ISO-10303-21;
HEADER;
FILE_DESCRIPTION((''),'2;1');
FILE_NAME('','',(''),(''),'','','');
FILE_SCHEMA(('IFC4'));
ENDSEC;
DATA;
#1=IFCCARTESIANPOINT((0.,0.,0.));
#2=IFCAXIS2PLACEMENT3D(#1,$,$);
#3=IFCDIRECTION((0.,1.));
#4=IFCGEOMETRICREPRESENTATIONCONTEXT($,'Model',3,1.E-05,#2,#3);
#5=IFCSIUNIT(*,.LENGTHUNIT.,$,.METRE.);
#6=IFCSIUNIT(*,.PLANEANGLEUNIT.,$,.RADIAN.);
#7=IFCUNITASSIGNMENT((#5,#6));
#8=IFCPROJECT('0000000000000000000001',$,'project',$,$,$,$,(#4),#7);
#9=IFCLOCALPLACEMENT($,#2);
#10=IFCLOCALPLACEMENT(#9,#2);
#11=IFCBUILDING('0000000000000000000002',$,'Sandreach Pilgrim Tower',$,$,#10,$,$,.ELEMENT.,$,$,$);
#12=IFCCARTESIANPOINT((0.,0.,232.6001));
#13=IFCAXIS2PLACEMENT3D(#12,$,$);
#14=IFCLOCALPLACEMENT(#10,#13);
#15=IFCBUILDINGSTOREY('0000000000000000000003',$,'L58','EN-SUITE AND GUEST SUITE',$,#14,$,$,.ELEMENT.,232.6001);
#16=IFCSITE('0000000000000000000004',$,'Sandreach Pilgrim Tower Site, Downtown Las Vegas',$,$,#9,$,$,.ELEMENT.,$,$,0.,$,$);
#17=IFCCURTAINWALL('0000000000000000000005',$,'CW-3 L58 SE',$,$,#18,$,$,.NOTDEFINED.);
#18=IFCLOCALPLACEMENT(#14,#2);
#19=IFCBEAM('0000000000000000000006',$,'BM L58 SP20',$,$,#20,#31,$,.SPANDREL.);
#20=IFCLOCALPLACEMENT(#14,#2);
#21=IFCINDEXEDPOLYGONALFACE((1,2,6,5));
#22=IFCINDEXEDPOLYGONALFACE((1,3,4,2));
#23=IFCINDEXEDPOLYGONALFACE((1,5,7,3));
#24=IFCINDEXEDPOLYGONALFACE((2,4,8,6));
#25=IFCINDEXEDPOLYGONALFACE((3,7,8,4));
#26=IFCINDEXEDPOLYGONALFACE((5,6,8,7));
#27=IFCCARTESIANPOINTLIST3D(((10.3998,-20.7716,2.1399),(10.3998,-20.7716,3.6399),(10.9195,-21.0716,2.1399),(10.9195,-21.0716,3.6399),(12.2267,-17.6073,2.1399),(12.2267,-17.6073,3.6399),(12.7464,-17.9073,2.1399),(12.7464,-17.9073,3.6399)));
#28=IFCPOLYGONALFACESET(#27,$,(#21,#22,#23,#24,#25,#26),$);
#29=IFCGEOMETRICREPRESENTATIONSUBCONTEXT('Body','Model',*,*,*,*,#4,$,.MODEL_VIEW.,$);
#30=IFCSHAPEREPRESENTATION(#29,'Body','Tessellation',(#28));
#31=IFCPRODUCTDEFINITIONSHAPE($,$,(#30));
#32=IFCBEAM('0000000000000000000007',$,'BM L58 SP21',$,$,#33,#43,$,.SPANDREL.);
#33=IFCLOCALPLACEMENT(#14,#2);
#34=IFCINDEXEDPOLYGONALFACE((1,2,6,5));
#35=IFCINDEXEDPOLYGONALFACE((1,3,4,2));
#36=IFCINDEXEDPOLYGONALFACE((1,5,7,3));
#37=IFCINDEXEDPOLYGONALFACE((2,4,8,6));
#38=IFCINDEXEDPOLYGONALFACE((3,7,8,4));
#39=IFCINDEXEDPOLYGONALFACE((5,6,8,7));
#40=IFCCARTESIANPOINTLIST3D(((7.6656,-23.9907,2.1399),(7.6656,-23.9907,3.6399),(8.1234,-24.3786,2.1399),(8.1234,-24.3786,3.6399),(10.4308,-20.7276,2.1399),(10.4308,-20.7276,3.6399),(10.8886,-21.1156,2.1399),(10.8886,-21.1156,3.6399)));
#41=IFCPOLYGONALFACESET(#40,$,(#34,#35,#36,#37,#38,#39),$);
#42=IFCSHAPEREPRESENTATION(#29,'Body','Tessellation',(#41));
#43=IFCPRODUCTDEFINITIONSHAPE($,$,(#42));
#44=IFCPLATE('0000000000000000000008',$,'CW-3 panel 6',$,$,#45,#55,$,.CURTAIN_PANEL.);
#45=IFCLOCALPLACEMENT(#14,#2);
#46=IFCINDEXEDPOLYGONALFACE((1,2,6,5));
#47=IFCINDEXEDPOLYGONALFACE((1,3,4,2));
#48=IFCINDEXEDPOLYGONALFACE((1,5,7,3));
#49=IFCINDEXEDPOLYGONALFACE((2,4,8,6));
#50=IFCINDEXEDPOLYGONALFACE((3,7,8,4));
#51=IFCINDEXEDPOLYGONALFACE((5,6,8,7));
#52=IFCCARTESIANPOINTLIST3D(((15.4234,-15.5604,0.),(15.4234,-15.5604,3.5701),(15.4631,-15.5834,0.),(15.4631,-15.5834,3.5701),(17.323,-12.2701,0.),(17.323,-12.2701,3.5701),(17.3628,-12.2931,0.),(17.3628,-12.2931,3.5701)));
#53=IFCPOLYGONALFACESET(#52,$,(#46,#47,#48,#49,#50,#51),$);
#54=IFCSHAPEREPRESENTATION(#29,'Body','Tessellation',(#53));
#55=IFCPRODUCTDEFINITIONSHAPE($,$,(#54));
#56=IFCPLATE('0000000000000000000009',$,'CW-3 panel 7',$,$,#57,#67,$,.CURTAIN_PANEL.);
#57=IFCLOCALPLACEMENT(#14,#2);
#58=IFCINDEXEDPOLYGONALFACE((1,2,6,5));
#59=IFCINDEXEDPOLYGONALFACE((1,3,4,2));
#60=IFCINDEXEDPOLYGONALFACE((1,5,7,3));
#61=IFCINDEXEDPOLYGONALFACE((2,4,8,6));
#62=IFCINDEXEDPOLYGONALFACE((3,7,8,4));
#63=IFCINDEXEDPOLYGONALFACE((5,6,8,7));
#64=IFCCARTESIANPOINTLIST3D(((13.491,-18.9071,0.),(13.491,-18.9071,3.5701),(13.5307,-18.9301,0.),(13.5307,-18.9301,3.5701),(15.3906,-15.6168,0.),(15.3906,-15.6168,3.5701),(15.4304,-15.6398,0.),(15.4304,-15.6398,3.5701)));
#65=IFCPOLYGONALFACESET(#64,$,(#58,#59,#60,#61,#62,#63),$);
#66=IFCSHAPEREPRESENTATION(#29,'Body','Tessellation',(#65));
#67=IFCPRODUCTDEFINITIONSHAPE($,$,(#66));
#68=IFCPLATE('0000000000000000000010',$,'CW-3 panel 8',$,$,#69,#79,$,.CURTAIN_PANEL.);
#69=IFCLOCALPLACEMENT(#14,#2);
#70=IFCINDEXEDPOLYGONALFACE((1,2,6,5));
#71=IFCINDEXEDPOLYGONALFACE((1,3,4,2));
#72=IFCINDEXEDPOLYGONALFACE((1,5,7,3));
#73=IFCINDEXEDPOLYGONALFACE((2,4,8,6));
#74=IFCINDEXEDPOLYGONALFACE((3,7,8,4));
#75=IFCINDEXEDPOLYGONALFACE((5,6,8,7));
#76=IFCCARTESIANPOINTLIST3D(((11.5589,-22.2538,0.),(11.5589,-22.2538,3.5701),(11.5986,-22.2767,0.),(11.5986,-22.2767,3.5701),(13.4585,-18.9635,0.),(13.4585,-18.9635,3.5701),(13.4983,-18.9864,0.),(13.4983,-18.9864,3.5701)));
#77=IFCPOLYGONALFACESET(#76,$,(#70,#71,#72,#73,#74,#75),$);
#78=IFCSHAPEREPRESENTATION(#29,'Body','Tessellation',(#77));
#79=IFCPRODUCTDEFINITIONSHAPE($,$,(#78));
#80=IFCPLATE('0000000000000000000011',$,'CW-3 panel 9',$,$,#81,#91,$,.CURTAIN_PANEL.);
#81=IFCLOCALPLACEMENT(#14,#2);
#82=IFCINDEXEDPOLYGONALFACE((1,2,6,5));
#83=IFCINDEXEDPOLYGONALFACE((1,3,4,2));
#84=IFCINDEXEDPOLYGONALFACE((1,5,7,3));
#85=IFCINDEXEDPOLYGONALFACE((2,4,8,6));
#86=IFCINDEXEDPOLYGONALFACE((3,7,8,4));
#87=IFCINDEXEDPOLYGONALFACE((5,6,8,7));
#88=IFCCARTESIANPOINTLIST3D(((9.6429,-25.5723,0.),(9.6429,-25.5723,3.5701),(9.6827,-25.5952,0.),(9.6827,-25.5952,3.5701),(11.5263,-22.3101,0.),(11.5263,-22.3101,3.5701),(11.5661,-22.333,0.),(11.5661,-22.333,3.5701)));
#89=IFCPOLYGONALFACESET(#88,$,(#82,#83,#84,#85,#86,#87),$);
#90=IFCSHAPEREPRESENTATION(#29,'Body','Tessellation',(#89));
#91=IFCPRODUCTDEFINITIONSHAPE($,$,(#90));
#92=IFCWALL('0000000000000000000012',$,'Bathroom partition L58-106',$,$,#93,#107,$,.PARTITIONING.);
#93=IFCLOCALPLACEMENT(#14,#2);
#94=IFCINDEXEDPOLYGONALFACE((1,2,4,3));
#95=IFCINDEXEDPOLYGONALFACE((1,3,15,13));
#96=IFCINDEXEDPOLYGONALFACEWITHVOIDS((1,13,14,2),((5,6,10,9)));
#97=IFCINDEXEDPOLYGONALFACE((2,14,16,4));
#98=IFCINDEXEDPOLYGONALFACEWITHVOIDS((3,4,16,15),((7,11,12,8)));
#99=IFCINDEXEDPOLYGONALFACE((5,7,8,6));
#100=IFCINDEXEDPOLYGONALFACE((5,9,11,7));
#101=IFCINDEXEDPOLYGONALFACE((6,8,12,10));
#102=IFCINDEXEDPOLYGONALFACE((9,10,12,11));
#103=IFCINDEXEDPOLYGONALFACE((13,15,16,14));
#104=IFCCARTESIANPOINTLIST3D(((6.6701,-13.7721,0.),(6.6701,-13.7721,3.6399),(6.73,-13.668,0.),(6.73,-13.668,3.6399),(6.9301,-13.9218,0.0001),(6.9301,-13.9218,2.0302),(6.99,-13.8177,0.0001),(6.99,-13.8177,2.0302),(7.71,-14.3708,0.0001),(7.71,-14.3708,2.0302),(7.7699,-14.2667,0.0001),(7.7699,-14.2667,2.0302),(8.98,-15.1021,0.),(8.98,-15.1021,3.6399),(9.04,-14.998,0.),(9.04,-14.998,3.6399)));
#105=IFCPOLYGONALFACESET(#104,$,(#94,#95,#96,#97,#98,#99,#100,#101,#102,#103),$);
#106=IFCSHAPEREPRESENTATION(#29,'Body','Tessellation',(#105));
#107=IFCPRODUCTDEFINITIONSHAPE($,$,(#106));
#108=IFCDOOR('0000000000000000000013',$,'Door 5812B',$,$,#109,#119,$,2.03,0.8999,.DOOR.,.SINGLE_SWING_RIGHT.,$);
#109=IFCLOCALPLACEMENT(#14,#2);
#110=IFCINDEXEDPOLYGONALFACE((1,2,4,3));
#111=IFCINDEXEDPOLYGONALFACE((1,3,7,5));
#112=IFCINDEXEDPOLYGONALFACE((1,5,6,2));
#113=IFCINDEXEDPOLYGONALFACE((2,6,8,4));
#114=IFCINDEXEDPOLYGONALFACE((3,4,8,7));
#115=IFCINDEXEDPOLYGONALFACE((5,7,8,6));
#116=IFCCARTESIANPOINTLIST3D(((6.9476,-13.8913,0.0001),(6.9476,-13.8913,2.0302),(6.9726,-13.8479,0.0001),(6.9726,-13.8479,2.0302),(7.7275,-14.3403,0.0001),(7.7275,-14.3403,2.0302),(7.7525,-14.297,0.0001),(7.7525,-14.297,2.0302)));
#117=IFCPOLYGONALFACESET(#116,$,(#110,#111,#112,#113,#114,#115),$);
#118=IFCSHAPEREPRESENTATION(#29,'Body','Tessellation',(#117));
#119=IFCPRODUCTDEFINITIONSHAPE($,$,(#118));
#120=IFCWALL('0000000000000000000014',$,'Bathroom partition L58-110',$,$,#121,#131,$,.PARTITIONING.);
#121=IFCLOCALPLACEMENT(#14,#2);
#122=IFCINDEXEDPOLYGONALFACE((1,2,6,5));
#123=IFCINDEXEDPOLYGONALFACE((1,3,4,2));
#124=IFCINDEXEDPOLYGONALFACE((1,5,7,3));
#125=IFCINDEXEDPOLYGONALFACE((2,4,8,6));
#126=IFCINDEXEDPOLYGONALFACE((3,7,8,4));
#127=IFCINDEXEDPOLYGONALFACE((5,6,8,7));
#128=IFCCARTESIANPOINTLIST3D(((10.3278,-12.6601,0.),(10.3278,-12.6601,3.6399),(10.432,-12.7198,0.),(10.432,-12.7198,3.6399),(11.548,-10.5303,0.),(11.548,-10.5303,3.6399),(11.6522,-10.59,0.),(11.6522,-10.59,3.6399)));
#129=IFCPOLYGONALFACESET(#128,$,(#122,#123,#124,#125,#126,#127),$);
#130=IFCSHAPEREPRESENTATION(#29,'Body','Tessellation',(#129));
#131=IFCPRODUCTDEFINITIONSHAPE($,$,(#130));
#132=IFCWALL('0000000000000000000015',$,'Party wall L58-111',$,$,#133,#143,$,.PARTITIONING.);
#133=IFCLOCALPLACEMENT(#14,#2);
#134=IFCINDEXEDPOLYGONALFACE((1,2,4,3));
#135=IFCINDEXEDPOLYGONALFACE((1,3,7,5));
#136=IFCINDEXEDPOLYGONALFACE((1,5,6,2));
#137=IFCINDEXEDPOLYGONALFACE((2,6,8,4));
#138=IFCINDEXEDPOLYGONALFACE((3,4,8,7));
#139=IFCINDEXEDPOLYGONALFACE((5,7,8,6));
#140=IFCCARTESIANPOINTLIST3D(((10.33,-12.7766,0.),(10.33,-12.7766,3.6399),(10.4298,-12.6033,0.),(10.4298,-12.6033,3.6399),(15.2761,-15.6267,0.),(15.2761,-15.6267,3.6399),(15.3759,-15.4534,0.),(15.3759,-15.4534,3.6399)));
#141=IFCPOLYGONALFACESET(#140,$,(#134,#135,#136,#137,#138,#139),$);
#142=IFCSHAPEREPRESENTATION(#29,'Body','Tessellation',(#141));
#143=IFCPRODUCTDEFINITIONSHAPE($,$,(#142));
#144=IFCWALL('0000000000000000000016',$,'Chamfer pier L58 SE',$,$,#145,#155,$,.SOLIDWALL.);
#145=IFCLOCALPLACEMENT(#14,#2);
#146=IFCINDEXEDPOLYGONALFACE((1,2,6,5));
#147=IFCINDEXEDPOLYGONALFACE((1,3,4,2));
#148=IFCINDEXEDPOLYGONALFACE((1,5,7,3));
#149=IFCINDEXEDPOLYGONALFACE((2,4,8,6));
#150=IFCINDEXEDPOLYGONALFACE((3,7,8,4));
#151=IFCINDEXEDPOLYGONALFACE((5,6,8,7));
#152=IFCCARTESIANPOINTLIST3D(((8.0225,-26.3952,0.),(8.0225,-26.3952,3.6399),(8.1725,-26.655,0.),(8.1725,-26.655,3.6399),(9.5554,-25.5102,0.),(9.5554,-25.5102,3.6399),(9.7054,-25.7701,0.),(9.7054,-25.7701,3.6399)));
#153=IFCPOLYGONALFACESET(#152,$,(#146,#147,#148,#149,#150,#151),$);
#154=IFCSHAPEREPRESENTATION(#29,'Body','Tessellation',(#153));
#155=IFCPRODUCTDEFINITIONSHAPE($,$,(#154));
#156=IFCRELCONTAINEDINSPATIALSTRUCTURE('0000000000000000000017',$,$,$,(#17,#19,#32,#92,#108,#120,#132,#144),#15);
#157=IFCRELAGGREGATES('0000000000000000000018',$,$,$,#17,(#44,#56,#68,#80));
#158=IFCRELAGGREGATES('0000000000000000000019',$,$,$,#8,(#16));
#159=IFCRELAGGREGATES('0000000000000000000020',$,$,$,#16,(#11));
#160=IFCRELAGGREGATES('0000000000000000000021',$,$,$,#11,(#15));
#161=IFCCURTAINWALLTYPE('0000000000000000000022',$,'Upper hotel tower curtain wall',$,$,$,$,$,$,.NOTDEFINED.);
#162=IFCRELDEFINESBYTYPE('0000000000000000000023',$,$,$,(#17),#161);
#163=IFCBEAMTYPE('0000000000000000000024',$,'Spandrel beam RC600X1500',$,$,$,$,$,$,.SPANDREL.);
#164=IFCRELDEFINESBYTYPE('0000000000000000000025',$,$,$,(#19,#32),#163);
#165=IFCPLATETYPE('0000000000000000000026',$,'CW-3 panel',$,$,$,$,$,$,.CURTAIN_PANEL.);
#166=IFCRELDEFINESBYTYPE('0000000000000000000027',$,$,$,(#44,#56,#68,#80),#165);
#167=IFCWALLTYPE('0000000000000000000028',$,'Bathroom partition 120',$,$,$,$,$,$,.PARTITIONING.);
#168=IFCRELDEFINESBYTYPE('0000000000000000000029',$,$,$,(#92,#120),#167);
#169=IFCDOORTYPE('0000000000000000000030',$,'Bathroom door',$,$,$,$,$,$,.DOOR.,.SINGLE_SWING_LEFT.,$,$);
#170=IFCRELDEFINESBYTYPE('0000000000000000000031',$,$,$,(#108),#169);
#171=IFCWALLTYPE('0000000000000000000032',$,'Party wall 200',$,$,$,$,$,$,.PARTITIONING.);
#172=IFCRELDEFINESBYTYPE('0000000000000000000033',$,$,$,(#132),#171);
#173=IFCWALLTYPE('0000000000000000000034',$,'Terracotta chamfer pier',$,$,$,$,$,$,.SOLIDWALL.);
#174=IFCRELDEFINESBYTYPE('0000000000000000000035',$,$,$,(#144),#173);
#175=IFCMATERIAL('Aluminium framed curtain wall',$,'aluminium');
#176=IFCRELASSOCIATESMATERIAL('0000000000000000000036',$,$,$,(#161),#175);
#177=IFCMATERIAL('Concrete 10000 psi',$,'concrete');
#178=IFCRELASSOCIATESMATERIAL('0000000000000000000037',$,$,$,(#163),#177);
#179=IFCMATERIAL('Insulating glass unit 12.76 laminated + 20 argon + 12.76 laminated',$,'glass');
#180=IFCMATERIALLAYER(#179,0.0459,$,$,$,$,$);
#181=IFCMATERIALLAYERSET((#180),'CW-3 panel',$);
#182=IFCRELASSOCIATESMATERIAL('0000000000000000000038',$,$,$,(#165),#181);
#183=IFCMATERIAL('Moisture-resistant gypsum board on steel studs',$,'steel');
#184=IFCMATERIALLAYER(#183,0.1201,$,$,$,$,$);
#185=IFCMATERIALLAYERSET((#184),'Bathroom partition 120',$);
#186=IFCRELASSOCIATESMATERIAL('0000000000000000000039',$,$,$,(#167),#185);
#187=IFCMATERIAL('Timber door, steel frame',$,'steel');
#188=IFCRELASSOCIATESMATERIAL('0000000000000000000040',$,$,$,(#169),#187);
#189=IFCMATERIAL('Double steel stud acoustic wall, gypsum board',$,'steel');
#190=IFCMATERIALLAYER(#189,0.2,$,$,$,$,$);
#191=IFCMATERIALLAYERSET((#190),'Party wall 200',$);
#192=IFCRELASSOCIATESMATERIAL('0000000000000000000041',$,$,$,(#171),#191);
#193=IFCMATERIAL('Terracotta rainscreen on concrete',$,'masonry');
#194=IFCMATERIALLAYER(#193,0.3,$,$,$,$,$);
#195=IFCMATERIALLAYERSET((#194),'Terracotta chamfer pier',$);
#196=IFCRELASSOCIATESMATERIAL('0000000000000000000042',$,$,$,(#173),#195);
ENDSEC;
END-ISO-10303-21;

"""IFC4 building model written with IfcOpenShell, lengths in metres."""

from ifc_helpers import new_model, si_unit, direction, frame, frame_2d, origin, origin_2d, place, context, subcontext, project, spatial, rectangle, extrude, material, layer, layer_set, material_profile, profile_set, type_object, element, fill, aggregate, save


model = new_model("IFC4")

# Units and contexts
model_context = context("Model", 3, precision=1e-05, world=origin(), true_north=direction((0.0, 1.0)))
body_context = subcontext(model_context, "Body", "Model", "MODEL_VIEW")
ifc_project = project(units=[si_unit("LENGTHUNIT", "METRE"), si_unit("PLANEANGLEUNIT", "RADIAN")], contexts=[model_context])

# Site, building, storey
site_placement = place(None, origin())
site = spatial("IfcSite", under=ifc_project, at=site_placement, Name="Sandreach Pilgrim Tower Site, Downtown Las Vegas", CompositionType="ELEMENT", RefElevation=0.0)
building_placement = place(site_placement, origin())
building = spatial("IfcBuilding", under=site, at=building_placement, Name="Sandreach Pilgrim Tower", CompositionType="ELEMENT")
storey_placement = place(building_placement, frame((0.0, 0.0, 232.6001)))
storey = spatial("IfcBuildingStorey", under=building, at=storey_placement, Name="L58", Description="EN-SUITE AND GUEST SUITE", CompositionType="ELEMENT", Elevation=232.6001)

# Curtain wall
ifc_material_1 = material(Name="Aluminium framed curtain wall", Category="aluminium")
curtain_wall_type = type_object("IfcCurtainWallType", Name="Upper hotel tower curtain wall", PredefinedType="NOTDEFINED", material=ifc_material_1)
curtain_wall_placement = place(storey_placement, origin())
curtain_wall = element("IfcCurtainWall", 1, at=curtain_wall_placement, inside=storey, type_object=curtain_wall_type, Name="CW-3 L58 SE", PredefinedType="NOTDEFINED")

# Beams
ifc_material_2 = material(Name="Concrete 10000 psi", Category="concrete")
ifc_material_profile_1 = material_profile(ifc_material_2, rectangle(XDim=0.6001, YDim=1.5, at=origin_2d()), Name="RC600X1500")
ifc_profile_set_1 = profile_set([ifc_material_profile_1], Name="Concrete 10000 psi")
beam_type_1 = type_object("IfcBeamType", Name="Spandrel beam RC600X1500", PredefinedType="SPANDREL", material=ifc_profile_set_1)
beam_1_placement = place(storey_placement, frame((12.4866, -17.7573, 2.8899), z_axis=(-0.499998, -0.866026, 0.0), x_axis=(0.866026, -0.499998, 0.0)))
element("IfcBeam", 2, at=beam_1_placement, inside=storey, type_object=beam_type_1, Name="BM L58 SP20", PredefinedType="SPANDREL", context=body_context, shape_type="SweptSolid", body=[
    extrude(rectangle(XDim=0.6001, YDim=1.5, at=origin_2d()), origin(), (0.0, 0.0, 1.0), 3.6538),
])
beam_2_placement = place(storey_placement, frame((10.6597, -20.9216, 2.8899), z_axis=(-0.646513, -0.762903, 0.0), x_axis=(0.762903, -0.646513, 0.0)))
element("IfcBeam", 3, at=beam_2_placement, inside=storey, type_object=beam_type_1, Name="BM L58 SP21", PredefinedType="SPANDREL", context=body_context, shape_type="SweptSolid", body=[
    extrude(rectangle(XDim=0.6001, YDim=1.5, at=origin_2d()), origin(), (0.0, 0.0, 1.0), 4.2771),
])

# Plates
ifc_material_3 = material(Name="Insulating glass unit 12.76 laminated + 20 argon + 12.76 laminated", Category="glass")
ifc_layer_1 = layer(ifc_material_3, 0.0459)
ifc_layer_set_1 = layer_set([ifc_layer_1], Name="CW-3 panel")
plate_type = type_object("IfcPlateType", Name="CW-3 panel", PredefinedType="CURTAIN_PANEL", material=ifc_layer_set_1)
plate_1_placement = place(storey_placement, frame((16.3931, -13.9268, 0.0), z_axis=(0.0, 0.0, 1.0), x_axis=(-0.5, -0.866025, 0.0)))
plate_1 = element("IfcPlate", 4, at=plate_1_placement, type_object=plate_type, Name="CW-3 panel 6", PredefinedType="CURTAIN_PANEL", context=body_context, shape_type="SweptSolid", body=[
    extrude(rectangle(XDim=3.7993, YDim=0.0459, at=origin_2d()), origin(), (0.0, 0.0, 1.0), 3.5701),
])
plate_2_placement = place(storey_placement, frame((14.4607, -17.2734, 0.0), z_axis=(0.0, 0.0, 1.0), x_axis=(-0.5, -0.866025, 0.0)))
plate_2 = element("IfcPlate", 5, at=plate_2_placement, type_object=plate_type, Name="CW-3 panel 7", PredefinedType="CURTAIN_PANEL", context=body_context, shape_type="SweptSolid", body=[
    extrude(rectangle(XDim=3.7993, YDim=0.0459, at=origin_2d()), origin(), (0.0, 0.0, 1.0), 3.5701),
])
plate_3_placement = place(storey_placement, frame((12.5286, -20.6201, 0.0), z_axis=(0.0, 0.0, 1.0), x_axis=(-0.5, -0.866025, 0.0)))
plate_3 = element("IfcPlate", 6, at=plate_3_placement, type_object=plate_type, Name="CW-3 panel 8", PredefinedType="CURTAIN_PANEL", context=body_context, shape_type="SweptSolid", body=[
    extrude(rectangle(XDim=3.7993, YDim=0.0459, at=origin_2d()), origin(), (0.0, 0.0, 1.0), 3.5701),
])
plate_4_placement = place(storey_placement, frame((10.6045, -23.9526, 0.0), z_axis=(0.0, 0.0, 1.0), x_axis=(-0.5, -0.866025, 0.0)))
plate_4 = element("IfcPlate", 7, at=plate_4_placement, type_object=plate_type, Name="CW-3 panel 9", PredefinedType="CURTAIN_PANEL", context=body_context, shape_type="SweptSolid", body=[
    extrude(rectangle(XDim=3.7668, YDim=0.0459, at=origin_2d()), origin(), (0.0, 0.0, 1.0), 3.5701),
])
aggregate(curtain_wall, [plate_1, plate_2, plate_3, plate_4])

# Wall, opening, door
ifc_material_4 = material(Name="Moisture-resistant gypsum board on steel studs", Category="steel")
ifc_layer_2 = layer(ifc_material_4, 0.1201)
ifc_layer_set_2 = layer_set([ifc_layer_2], Name="Bathroom partition 120")
wall_type_1 = type_object("IfcWallType", Name="Bathroom partition 120", PredefinedType="PARTITIONING", material=ifc_layer_set_2)
wall_1_placement = place(storey_placement, frame((9.01, -15.05, 0.0), z_axis=(0.0, 0.0, 1.0), x_axis=(-0.866615, 0.498977, 0.0)))
wall_1 = element("IfcWall", 8, at=wall_1_placement, inside=storey, type_object=wall_type_1, Name="Bathroom partition L58-106", PredefinedType="PARTITIONING", context=body_context, shape_type="SweptSolid", body=[
    extrude(rectangle(XDim=2.6655, YDim=0.1201, at=frame_2d((1.3328, 0.0))), origin(), (0.0, 0.0, 1.0), 3.6399),
])
opening_placement = place(wall_1_placement, frame((1.4656, 0.0, 0.0)))
opening = element("IfcOpeningElement", 9, at=opening_placement, cuts=wall_1, PredefinedType="OPENING", context=body_context, shape_type="SweptSolid", body=[
    extrude(rectangle(XDim=0.8999, YDim=2.03, at=frame_2d((0.45, 1.0151))), frame((0.0, 0.0601, 0.0), z_axis=(0.0, -1.0, 0.0), x_axis=(1.0, 0.0, 0.0)), (0.0, 0.0, 1.0), 0.1201),
])
ifc_material_5 = material(Name="Timber door, steel frame", Category="steel")
door_type = type_object("IfcDoorType", Name="Bathroom door", OperationType="SINGLE_SWING_LEFT", PredefinedType="DOOR", material=ifc_material_5)
door_placement = place(opening_placement, origin())
door = element("IfcDoor", 10, at=door_placement, inside=storey, type_object=door_type, Name="Door 5812B", OperationType="SINGLE_SWING_RIGHT", OverallHeight=2.03, OverallWidth=0.8999, PredefinedType="DOOR", context=body_context, shape_type="SweptSolid", body=[
    extrude(rectangle(XDim=0.8999, YDim=2.03, at=frame_2d((0.45, 1.0151))), frame((0.0, 0.0249, 0.0), z_axis=(0.0, -1.0, 0.0), x_axis=(1.0, 0.0, 0.0)), (0.0, 0.0, 1.0), 0.05),
])
fill(opening, door)

# Walls
wall_2_placement = place(storey_placement, frame((10.3799, -12.6899, 0.0), z_axis=(0.0, 0.0, 1.0), x_axis=(0.497103, 0.867692, 0.0)))
element("IfcWall", 11, at=wall_2_placement, inside=storey, type_object=wall_type_1, Name="Bathroom partition L58-110", PredefinedType="PARTITIONING", context=body_context, shape_type="SweptSolid", body=[
    extrude(rectangle(XDim=2.4546, YDim=0.1201, at=frame_2d((1.2273, 0.0))), origin(), (0.0, 0.0, 1.0), 3.6399),
])
ifc_material_6 = material(Name="Double steel stud acoustic wall, gypsum board", Category="steel")
ifc_layer_3 = layer(ifc_material_6, 0.2)
ifc_layer_set_3 = layer_set([ifc_layer_3], Name="Party wall 200")
wall_type_2 = type_object("IfcWallType", Name="Party wall 200", PredefinedType="PARTITIONING", material=ifc_layer_set_3)
wall_3_placement = place(storey_placement, frame((10.3799, -12.6899, 0.0), z_axis=(0.0, 0.0, 1.0), x_axis=(0.866443, -0.499277, 0.0)))
element("IfcWall", 12, at=wall_3_placement, inside=storey, type_object=wall_type_2, Name="Party wall L58-111", PredefinedType="PARTITIONING", context=body_context, shape_type="SweptSolid", body=[
    extrude(rectangle(XDim=5.7085, YDim=0.2, at=frame_2d((2.8542, 0.0))), origin(), (0.0, 0.0, 1.0), 3.6399),
])
ifc_material_7 = material(Name="Terracotta rainscreen on concrete", Category="masonry")
ifc_layer_4 = layer(ifc_material_7, 0.3)
ifc_layer_set_4 = layer_set([ifc_layer_4], Name="Terracotta chamfer pier")
wall_type_3 = type_object("IfcWallType", Name="Terracotta chamfer pier", PredefinedType="SOLIDWALL", material=ifc_layer_set_4)
wall_4_placement = place(storey_placement, frame((9.6304, -25.6401, 0.0), z_axis=(0.0, 0.0, 1.0), x_axis=(-0.866036, -0.499981, 0.0)))
element("IfcWall", 13, at=wall_4_placement, inside=storey, type_object=wall_type_3, Name="Chamfer pier L58 SE", PredefinedType="SOLIDWALL", context=body_context, shape_type="SweptSolid", body=[
    extrude(rectangle(XDim=1.77, YDim=0.3, at=frame_2d((0.885, 0.0))), origin(), (0.0, 0.0, 1.0), 3.6399),
])

save(model, "model.ifc")
